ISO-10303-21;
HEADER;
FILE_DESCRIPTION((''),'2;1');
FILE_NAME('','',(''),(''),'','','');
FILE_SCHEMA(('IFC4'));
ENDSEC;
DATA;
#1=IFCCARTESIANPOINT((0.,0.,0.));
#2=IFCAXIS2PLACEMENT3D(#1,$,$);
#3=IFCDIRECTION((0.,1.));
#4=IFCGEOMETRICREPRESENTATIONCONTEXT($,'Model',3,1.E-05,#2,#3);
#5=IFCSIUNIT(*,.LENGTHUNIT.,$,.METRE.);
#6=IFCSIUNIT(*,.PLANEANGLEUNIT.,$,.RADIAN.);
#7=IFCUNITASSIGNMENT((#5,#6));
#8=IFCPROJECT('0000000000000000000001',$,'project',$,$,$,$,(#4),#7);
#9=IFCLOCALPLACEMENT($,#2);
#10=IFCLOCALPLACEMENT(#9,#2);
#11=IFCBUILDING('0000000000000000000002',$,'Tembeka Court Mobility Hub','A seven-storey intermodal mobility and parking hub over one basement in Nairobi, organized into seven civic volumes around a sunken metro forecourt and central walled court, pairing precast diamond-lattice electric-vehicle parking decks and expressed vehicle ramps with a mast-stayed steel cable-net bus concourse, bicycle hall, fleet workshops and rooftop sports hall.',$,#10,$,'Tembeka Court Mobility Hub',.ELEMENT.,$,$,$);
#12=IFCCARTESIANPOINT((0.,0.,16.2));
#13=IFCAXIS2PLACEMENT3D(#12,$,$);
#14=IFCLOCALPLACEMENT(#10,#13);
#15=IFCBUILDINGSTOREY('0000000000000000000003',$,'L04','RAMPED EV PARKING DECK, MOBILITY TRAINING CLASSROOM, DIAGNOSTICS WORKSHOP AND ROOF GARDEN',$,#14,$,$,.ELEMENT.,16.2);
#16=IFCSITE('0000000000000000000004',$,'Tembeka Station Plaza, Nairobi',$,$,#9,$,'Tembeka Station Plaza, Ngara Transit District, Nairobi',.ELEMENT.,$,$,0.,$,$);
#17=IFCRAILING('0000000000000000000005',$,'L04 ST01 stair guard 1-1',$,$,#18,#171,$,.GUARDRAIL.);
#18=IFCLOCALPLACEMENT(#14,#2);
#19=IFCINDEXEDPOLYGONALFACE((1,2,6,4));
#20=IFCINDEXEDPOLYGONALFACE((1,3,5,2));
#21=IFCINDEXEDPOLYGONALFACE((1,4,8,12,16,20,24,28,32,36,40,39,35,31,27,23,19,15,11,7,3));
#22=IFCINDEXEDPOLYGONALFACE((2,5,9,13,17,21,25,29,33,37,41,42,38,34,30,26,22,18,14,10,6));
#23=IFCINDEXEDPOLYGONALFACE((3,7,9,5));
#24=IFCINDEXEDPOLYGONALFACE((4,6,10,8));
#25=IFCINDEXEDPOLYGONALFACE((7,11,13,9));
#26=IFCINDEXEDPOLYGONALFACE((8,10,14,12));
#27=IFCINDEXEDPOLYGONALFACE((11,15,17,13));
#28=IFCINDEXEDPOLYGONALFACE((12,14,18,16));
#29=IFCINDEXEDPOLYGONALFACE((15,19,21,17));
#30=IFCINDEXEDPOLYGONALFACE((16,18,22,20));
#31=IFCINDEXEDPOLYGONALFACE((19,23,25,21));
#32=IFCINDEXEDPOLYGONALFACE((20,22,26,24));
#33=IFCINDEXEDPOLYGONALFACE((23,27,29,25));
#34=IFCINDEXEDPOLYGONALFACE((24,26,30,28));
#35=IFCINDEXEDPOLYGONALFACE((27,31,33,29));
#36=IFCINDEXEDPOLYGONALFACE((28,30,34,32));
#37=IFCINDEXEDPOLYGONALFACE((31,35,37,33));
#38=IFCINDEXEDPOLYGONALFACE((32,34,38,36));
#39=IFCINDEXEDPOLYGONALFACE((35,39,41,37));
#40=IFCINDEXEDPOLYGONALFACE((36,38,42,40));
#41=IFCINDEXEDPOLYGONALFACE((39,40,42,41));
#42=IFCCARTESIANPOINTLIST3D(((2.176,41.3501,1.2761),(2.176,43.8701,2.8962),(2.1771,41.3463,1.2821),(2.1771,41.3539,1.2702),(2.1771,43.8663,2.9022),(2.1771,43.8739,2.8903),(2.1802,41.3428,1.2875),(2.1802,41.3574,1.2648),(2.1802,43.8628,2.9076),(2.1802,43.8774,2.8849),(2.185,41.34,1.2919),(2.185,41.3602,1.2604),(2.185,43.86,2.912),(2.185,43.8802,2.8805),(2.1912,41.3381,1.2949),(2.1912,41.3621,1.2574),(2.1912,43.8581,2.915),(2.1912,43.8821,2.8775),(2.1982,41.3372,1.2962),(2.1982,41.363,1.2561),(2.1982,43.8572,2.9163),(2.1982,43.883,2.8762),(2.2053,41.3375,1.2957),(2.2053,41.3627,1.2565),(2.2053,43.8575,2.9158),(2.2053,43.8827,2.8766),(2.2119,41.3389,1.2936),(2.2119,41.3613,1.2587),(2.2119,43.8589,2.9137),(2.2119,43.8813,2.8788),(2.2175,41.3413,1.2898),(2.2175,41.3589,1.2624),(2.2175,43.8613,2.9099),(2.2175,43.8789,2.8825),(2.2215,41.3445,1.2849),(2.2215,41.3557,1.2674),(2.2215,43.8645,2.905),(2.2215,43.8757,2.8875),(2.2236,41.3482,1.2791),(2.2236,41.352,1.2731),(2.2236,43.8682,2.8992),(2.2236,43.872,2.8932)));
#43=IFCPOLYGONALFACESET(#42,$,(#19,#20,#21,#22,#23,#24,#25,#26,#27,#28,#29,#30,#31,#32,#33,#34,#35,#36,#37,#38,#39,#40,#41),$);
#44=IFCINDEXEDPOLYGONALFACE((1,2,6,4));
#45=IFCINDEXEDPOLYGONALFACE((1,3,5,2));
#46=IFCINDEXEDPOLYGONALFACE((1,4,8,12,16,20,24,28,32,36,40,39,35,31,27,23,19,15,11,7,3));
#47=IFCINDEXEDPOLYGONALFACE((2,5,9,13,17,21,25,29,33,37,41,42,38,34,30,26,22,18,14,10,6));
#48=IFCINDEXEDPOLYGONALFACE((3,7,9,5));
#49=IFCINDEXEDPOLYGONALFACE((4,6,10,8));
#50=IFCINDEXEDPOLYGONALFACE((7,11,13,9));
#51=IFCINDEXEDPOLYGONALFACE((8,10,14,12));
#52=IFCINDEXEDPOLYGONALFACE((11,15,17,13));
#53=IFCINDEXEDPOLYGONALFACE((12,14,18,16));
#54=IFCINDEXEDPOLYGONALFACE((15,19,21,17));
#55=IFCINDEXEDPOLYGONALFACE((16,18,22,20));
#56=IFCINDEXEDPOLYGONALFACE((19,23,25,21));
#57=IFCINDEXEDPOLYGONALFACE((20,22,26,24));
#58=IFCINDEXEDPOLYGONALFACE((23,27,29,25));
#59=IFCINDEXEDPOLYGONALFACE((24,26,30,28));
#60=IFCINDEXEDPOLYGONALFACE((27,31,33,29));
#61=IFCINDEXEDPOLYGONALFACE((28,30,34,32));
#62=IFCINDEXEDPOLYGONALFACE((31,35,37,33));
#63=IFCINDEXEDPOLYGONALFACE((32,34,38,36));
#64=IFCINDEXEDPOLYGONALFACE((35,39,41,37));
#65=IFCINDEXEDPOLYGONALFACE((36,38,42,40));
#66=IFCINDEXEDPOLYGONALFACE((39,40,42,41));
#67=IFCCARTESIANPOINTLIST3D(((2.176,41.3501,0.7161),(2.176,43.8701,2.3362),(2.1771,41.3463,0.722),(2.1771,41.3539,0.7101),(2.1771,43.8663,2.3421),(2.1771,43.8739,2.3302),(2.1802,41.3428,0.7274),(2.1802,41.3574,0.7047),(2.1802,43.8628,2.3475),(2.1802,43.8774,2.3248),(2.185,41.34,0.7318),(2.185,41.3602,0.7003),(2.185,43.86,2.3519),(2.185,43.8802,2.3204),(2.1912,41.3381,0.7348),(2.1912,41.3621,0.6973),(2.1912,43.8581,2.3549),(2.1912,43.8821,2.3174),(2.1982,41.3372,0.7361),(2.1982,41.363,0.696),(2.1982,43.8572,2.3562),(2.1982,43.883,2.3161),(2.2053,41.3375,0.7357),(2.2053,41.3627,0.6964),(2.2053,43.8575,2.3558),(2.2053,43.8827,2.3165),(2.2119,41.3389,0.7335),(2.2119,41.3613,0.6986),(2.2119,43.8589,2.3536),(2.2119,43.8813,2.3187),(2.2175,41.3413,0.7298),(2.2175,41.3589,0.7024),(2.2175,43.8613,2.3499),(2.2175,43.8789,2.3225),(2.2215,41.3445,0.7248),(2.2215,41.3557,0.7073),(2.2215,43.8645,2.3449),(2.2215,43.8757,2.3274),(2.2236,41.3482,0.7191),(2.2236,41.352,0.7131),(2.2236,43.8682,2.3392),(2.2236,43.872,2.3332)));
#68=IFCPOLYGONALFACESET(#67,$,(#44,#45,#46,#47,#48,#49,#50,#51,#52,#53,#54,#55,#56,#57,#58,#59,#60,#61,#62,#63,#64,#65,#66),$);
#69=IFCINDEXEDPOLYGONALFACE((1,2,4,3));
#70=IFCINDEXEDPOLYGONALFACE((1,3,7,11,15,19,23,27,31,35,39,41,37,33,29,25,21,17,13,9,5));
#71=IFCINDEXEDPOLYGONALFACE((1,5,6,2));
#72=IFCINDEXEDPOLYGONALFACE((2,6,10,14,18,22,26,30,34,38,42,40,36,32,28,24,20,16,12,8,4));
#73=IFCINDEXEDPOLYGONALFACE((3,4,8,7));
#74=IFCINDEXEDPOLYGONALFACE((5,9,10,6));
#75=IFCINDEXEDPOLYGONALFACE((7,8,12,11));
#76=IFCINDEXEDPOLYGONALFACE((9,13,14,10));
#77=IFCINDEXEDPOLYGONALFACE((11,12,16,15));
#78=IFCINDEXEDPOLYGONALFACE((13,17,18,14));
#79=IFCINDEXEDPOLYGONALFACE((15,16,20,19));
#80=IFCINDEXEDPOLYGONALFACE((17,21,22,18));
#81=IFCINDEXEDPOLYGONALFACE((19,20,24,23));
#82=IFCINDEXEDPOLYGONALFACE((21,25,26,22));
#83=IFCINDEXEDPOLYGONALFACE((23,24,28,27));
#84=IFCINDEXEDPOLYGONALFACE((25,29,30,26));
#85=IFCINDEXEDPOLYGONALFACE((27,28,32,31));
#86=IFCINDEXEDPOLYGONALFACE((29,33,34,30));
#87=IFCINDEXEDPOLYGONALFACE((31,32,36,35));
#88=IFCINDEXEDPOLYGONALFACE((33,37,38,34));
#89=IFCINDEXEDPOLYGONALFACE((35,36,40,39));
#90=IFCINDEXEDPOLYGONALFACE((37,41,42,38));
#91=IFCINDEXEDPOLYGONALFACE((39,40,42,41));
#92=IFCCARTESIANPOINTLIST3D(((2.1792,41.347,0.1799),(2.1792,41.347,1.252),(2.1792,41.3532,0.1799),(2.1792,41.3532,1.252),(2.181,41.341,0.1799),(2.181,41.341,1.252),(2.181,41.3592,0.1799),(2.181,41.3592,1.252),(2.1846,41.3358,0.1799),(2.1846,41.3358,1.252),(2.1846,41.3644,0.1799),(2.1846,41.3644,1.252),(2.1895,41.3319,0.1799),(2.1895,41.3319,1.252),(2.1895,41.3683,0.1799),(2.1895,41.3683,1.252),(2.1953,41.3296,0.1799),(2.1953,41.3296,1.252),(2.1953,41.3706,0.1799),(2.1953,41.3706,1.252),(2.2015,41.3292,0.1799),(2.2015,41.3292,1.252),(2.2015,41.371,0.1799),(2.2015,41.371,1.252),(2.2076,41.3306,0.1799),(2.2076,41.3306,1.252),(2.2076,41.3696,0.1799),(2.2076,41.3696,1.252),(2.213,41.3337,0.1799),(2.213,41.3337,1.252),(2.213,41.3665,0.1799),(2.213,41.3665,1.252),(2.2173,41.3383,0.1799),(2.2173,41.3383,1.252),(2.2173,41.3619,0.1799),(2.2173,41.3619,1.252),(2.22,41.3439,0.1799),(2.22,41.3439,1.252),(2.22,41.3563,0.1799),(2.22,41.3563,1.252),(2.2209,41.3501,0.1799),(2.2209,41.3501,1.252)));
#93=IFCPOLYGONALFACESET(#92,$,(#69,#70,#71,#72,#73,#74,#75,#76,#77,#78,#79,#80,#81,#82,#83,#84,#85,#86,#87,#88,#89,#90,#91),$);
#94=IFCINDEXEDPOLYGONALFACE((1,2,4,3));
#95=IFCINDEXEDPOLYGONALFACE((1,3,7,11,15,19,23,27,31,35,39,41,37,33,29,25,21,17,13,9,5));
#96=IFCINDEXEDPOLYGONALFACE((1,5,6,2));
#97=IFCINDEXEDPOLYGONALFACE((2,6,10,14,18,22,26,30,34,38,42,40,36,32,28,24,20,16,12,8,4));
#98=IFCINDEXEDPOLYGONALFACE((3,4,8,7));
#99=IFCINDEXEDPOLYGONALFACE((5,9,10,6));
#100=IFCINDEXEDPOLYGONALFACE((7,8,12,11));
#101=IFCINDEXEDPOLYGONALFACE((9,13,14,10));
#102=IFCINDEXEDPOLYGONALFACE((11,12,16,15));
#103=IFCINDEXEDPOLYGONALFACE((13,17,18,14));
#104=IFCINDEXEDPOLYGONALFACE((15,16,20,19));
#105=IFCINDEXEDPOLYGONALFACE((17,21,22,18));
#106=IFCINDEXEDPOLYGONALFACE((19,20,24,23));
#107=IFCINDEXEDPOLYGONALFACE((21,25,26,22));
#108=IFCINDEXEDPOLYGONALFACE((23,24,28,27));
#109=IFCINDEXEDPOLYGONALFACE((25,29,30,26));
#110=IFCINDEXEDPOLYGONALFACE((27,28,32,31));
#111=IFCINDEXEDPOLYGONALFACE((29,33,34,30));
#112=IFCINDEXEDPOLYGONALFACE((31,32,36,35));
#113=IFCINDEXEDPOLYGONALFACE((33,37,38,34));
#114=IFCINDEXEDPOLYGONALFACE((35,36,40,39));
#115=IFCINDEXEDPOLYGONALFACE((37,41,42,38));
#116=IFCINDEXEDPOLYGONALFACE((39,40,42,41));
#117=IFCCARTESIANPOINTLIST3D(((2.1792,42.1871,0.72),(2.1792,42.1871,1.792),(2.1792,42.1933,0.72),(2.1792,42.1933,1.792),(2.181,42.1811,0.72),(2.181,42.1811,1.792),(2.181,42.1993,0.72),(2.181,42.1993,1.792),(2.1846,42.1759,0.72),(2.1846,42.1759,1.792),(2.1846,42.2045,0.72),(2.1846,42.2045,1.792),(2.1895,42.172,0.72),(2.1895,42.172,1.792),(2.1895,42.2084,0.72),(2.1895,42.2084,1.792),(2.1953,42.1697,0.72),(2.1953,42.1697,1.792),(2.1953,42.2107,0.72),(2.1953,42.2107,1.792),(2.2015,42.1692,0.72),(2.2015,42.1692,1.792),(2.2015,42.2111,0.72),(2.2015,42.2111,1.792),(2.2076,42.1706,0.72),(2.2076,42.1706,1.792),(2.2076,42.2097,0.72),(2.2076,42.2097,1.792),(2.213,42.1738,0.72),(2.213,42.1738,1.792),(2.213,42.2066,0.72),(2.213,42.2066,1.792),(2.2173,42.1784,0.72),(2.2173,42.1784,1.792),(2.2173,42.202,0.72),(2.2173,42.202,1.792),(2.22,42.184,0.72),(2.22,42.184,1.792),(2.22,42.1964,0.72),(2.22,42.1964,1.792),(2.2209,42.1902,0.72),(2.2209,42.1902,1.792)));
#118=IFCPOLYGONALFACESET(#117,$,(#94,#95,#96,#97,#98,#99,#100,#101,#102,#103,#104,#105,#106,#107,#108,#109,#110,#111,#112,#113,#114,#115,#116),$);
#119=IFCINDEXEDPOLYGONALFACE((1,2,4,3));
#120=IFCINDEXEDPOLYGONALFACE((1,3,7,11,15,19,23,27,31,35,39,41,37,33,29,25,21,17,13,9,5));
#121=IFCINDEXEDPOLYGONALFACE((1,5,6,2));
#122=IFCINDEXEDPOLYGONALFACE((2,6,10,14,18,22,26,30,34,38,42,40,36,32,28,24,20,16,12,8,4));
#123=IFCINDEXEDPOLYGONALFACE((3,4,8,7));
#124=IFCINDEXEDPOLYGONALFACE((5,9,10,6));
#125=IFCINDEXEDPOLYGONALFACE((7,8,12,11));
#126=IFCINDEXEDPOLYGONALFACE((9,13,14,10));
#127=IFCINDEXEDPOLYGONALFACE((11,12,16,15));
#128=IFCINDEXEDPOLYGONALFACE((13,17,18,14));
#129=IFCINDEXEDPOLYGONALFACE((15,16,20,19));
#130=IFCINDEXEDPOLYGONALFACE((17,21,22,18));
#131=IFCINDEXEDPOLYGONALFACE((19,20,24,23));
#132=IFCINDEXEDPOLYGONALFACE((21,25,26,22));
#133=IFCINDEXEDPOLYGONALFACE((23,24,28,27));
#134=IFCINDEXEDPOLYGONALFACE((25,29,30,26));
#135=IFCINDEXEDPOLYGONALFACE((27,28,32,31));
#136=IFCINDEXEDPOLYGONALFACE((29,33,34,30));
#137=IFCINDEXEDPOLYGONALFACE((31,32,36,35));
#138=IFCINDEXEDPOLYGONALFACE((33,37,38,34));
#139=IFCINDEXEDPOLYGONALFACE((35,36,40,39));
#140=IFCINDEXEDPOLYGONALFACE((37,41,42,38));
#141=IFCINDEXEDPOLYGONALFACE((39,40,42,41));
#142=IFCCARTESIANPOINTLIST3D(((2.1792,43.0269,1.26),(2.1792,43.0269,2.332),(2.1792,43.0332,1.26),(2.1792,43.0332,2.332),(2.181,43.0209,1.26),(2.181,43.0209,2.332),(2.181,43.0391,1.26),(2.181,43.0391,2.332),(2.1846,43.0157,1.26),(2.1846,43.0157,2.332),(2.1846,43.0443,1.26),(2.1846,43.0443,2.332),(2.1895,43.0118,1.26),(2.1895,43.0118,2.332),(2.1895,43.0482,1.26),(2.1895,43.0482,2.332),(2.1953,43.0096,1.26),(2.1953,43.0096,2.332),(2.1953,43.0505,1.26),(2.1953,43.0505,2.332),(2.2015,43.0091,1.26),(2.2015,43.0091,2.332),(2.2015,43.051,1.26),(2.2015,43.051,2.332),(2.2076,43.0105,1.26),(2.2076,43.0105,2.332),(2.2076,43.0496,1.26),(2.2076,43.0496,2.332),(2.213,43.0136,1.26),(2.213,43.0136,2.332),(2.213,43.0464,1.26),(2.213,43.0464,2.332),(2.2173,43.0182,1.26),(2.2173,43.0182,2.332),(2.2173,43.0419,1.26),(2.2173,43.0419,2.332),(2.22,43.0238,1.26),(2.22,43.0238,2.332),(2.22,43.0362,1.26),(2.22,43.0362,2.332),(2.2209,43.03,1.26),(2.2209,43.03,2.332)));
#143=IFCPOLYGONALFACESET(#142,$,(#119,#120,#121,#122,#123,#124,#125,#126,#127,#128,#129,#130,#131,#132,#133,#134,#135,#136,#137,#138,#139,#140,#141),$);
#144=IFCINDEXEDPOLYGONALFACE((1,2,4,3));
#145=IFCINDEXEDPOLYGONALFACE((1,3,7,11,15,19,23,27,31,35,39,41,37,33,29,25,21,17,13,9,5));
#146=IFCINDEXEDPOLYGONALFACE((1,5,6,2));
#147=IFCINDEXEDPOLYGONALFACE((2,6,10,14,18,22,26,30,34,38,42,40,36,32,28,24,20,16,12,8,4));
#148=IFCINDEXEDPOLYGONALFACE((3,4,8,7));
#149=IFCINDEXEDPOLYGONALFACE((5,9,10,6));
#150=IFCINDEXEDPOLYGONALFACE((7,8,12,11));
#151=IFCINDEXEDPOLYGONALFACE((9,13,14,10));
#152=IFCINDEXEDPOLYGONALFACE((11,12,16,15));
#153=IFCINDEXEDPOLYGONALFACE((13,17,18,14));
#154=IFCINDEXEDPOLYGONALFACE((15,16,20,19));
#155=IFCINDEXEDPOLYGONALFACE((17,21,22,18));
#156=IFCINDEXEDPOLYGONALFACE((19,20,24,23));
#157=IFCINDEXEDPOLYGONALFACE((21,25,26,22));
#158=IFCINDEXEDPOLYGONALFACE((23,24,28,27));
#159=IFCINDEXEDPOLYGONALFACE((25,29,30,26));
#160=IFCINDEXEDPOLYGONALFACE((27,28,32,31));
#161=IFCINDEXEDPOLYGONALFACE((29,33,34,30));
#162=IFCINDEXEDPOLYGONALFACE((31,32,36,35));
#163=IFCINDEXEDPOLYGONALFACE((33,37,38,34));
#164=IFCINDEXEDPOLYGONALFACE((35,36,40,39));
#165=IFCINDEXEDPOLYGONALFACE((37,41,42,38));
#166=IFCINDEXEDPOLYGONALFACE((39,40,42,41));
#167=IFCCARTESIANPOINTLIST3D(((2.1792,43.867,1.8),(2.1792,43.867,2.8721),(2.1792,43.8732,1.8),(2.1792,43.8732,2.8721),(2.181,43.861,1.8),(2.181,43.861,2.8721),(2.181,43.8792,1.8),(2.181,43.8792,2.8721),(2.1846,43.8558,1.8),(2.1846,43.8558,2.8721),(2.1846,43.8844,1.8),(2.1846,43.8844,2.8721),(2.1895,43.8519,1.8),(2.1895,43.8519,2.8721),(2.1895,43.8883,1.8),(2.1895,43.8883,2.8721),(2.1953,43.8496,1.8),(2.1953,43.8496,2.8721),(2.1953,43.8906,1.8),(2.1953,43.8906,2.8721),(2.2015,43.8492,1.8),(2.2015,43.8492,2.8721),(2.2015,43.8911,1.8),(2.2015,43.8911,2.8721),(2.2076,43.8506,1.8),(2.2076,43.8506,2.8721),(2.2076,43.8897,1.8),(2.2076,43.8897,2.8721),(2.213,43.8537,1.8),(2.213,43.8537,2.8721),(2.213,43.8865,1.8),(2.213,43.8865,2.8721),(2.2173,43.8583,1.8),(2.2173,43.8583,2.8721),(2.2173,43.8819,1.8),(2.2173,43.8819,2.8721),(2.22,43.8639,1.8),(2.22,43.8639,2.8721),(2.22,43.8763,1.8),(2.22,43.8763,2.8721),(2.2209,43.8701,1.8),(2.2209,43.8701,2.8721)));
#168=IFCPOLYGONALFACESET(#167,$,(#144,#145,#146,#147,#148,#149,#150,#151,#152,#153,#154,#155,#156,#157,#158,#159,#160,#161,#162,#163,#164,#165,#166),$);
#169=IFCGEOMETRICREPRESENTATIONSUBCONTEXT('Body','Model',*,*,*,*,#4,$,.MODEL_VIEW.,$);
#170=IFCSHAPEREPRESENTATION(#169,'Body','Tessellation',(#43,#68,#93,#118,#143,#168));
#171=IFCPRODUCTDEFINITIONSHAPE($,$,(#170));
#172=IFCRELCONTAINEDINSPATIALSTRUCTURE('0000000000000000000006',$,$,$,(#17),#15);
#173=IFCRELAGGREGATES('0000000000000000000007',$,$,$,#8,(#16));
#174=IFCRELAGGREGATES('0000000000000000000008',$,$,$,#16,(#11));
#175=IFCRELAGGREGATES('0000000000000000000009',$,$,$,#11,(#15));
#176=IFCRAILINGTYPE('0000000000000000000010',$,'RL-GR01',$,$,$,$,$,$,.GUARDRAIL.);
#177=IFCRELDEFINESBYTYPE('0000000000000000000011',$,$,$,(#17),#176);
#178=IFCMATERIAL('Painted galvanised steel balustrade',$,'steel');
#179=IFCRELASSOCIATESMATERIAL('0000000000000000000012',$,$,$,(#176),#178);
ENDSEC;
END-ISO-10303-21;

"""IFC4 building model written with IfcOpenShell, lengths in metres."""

from ifc_helpers import new_model, si_unit, direction, frame, origin, origin_2d, place, context, subcontext, project, spatial, circle, extrude, material, type_object, element, save


model = new_model("IFC4")

# Units and contexts
model_context = context("Model", 3, precision=1e-05, world=origin(), true_north=direction((0.0, 1.0)))
body_context = subcontext(model_context, "Body", "Model", "MODEL_VIEW")
ifc_project = project(units=[si_unit("LENGTHUNIT", "METRE"), si_unit("PLANEANGLEUNIT", "RADIAN")], contexts=[model_context])

# Site, building, storey
site_placement = place(None, origin())
site = spatial("IfcSite", under=ifc_project, at=site_placement, Name="Tembeka Station Plaza, Nairobi", LongName="Tembeka Station Plaza, Ngara Transit District, Nairobi", CompositionType="ELEMENT", RefElevation=0.0)
building_placement = place(site_placement, origin())
building = spatial("IfcBuilding", under=site, at=building_placement, Name="Tembeka Court Mobility Hub", Description="A seven-storey intermodal mobility and parking hub over one basement in Nairobi, organized into seven civic volumes around a sunken metro forecourt and central walled court, pairing precast diamond-lattice electric-vehicle parking decks and expressed vehicle ramps with a mast-stayed steel cable-net bus concourse, bicycle hall, fleet workshops and rooftop sports hall.", LongName="Tembeka Court Mobility Hub", CompositionType="ELEMENT")
storey_placement = place(building_placement, frame((0.0, 0.0, 16.2)))
storey = spatial("IfcBuildingStorey", under=building, at=storey_placement, Name="L04", Description="RAMPED EV PARKING DECK, MOBILITY TRAINING CLASSROOM, DIAGNOSTICS WORKSHOP AND ROOF GARDEN", CompositionType="ELEMENT", Elevation=16.2)

# Railing
ifc_material_1 = material(Name="Painted galvanised steel balustrade", Category="steel")
railing_type_1 = type_object("IfcRailingType", Name="RL-GR01", PredefinedType="GUARDRAIL", material=ifc_material_1)
railing_1_placement = place(storey_placement, frame((2.2, 41.3501, 0.1799)))
element("IfcRailing", 1, at=railing_1_placement, inside=storey, type_object=railing_type_1, Name="L04 ST01 stair guard 1-1", PredefinedType="GUARDRAIL", context=body_context, shape_type="SweptSolid", body=[
    extrude(circle(Radius=0.0239, at=origin_2d()), frame((0.0, 0.0, 1.0962), z_axis=(0.0, 0.841163, 0.540782), x_axis=(-1.0, 0.0, 0.0)), (0.0, 0.0, 1.0), 2.9958),
    extrude(circle(Radius=0.0239, at=origin_2d()), frame((0.0, 0.0, 0.5361), z_axis=(0.0, 0.841163, 0.540782), x_axis=(-1.0, 0.0, 0.0)), (0.0, 0.0, 1.0), 2.9958),
    extrude(circle(Radius=0.021, at=origin_2d()), origin(), (0.0, 0.0, 1.0), 1.072),
    extrude(circle(Radius=0.021, at=origin_2d()), frame((0.0, 0.8401, 0.54)), (0.0, 0.0, 1.0), 1.072),
    extrude(circle(Radius=0.021, at=origin_2d()), frame((0.0, 1.6799, 1.0801)), (0.0, 0.0, 1.0), 1.072),
    extrude(circle(Radius=0.021, at=origin_2d()), frame((0.0, 2.52, 1.6201)), (0.0, 0.0, 1.0), 1.072),
])

save(model, "model.ifc")
